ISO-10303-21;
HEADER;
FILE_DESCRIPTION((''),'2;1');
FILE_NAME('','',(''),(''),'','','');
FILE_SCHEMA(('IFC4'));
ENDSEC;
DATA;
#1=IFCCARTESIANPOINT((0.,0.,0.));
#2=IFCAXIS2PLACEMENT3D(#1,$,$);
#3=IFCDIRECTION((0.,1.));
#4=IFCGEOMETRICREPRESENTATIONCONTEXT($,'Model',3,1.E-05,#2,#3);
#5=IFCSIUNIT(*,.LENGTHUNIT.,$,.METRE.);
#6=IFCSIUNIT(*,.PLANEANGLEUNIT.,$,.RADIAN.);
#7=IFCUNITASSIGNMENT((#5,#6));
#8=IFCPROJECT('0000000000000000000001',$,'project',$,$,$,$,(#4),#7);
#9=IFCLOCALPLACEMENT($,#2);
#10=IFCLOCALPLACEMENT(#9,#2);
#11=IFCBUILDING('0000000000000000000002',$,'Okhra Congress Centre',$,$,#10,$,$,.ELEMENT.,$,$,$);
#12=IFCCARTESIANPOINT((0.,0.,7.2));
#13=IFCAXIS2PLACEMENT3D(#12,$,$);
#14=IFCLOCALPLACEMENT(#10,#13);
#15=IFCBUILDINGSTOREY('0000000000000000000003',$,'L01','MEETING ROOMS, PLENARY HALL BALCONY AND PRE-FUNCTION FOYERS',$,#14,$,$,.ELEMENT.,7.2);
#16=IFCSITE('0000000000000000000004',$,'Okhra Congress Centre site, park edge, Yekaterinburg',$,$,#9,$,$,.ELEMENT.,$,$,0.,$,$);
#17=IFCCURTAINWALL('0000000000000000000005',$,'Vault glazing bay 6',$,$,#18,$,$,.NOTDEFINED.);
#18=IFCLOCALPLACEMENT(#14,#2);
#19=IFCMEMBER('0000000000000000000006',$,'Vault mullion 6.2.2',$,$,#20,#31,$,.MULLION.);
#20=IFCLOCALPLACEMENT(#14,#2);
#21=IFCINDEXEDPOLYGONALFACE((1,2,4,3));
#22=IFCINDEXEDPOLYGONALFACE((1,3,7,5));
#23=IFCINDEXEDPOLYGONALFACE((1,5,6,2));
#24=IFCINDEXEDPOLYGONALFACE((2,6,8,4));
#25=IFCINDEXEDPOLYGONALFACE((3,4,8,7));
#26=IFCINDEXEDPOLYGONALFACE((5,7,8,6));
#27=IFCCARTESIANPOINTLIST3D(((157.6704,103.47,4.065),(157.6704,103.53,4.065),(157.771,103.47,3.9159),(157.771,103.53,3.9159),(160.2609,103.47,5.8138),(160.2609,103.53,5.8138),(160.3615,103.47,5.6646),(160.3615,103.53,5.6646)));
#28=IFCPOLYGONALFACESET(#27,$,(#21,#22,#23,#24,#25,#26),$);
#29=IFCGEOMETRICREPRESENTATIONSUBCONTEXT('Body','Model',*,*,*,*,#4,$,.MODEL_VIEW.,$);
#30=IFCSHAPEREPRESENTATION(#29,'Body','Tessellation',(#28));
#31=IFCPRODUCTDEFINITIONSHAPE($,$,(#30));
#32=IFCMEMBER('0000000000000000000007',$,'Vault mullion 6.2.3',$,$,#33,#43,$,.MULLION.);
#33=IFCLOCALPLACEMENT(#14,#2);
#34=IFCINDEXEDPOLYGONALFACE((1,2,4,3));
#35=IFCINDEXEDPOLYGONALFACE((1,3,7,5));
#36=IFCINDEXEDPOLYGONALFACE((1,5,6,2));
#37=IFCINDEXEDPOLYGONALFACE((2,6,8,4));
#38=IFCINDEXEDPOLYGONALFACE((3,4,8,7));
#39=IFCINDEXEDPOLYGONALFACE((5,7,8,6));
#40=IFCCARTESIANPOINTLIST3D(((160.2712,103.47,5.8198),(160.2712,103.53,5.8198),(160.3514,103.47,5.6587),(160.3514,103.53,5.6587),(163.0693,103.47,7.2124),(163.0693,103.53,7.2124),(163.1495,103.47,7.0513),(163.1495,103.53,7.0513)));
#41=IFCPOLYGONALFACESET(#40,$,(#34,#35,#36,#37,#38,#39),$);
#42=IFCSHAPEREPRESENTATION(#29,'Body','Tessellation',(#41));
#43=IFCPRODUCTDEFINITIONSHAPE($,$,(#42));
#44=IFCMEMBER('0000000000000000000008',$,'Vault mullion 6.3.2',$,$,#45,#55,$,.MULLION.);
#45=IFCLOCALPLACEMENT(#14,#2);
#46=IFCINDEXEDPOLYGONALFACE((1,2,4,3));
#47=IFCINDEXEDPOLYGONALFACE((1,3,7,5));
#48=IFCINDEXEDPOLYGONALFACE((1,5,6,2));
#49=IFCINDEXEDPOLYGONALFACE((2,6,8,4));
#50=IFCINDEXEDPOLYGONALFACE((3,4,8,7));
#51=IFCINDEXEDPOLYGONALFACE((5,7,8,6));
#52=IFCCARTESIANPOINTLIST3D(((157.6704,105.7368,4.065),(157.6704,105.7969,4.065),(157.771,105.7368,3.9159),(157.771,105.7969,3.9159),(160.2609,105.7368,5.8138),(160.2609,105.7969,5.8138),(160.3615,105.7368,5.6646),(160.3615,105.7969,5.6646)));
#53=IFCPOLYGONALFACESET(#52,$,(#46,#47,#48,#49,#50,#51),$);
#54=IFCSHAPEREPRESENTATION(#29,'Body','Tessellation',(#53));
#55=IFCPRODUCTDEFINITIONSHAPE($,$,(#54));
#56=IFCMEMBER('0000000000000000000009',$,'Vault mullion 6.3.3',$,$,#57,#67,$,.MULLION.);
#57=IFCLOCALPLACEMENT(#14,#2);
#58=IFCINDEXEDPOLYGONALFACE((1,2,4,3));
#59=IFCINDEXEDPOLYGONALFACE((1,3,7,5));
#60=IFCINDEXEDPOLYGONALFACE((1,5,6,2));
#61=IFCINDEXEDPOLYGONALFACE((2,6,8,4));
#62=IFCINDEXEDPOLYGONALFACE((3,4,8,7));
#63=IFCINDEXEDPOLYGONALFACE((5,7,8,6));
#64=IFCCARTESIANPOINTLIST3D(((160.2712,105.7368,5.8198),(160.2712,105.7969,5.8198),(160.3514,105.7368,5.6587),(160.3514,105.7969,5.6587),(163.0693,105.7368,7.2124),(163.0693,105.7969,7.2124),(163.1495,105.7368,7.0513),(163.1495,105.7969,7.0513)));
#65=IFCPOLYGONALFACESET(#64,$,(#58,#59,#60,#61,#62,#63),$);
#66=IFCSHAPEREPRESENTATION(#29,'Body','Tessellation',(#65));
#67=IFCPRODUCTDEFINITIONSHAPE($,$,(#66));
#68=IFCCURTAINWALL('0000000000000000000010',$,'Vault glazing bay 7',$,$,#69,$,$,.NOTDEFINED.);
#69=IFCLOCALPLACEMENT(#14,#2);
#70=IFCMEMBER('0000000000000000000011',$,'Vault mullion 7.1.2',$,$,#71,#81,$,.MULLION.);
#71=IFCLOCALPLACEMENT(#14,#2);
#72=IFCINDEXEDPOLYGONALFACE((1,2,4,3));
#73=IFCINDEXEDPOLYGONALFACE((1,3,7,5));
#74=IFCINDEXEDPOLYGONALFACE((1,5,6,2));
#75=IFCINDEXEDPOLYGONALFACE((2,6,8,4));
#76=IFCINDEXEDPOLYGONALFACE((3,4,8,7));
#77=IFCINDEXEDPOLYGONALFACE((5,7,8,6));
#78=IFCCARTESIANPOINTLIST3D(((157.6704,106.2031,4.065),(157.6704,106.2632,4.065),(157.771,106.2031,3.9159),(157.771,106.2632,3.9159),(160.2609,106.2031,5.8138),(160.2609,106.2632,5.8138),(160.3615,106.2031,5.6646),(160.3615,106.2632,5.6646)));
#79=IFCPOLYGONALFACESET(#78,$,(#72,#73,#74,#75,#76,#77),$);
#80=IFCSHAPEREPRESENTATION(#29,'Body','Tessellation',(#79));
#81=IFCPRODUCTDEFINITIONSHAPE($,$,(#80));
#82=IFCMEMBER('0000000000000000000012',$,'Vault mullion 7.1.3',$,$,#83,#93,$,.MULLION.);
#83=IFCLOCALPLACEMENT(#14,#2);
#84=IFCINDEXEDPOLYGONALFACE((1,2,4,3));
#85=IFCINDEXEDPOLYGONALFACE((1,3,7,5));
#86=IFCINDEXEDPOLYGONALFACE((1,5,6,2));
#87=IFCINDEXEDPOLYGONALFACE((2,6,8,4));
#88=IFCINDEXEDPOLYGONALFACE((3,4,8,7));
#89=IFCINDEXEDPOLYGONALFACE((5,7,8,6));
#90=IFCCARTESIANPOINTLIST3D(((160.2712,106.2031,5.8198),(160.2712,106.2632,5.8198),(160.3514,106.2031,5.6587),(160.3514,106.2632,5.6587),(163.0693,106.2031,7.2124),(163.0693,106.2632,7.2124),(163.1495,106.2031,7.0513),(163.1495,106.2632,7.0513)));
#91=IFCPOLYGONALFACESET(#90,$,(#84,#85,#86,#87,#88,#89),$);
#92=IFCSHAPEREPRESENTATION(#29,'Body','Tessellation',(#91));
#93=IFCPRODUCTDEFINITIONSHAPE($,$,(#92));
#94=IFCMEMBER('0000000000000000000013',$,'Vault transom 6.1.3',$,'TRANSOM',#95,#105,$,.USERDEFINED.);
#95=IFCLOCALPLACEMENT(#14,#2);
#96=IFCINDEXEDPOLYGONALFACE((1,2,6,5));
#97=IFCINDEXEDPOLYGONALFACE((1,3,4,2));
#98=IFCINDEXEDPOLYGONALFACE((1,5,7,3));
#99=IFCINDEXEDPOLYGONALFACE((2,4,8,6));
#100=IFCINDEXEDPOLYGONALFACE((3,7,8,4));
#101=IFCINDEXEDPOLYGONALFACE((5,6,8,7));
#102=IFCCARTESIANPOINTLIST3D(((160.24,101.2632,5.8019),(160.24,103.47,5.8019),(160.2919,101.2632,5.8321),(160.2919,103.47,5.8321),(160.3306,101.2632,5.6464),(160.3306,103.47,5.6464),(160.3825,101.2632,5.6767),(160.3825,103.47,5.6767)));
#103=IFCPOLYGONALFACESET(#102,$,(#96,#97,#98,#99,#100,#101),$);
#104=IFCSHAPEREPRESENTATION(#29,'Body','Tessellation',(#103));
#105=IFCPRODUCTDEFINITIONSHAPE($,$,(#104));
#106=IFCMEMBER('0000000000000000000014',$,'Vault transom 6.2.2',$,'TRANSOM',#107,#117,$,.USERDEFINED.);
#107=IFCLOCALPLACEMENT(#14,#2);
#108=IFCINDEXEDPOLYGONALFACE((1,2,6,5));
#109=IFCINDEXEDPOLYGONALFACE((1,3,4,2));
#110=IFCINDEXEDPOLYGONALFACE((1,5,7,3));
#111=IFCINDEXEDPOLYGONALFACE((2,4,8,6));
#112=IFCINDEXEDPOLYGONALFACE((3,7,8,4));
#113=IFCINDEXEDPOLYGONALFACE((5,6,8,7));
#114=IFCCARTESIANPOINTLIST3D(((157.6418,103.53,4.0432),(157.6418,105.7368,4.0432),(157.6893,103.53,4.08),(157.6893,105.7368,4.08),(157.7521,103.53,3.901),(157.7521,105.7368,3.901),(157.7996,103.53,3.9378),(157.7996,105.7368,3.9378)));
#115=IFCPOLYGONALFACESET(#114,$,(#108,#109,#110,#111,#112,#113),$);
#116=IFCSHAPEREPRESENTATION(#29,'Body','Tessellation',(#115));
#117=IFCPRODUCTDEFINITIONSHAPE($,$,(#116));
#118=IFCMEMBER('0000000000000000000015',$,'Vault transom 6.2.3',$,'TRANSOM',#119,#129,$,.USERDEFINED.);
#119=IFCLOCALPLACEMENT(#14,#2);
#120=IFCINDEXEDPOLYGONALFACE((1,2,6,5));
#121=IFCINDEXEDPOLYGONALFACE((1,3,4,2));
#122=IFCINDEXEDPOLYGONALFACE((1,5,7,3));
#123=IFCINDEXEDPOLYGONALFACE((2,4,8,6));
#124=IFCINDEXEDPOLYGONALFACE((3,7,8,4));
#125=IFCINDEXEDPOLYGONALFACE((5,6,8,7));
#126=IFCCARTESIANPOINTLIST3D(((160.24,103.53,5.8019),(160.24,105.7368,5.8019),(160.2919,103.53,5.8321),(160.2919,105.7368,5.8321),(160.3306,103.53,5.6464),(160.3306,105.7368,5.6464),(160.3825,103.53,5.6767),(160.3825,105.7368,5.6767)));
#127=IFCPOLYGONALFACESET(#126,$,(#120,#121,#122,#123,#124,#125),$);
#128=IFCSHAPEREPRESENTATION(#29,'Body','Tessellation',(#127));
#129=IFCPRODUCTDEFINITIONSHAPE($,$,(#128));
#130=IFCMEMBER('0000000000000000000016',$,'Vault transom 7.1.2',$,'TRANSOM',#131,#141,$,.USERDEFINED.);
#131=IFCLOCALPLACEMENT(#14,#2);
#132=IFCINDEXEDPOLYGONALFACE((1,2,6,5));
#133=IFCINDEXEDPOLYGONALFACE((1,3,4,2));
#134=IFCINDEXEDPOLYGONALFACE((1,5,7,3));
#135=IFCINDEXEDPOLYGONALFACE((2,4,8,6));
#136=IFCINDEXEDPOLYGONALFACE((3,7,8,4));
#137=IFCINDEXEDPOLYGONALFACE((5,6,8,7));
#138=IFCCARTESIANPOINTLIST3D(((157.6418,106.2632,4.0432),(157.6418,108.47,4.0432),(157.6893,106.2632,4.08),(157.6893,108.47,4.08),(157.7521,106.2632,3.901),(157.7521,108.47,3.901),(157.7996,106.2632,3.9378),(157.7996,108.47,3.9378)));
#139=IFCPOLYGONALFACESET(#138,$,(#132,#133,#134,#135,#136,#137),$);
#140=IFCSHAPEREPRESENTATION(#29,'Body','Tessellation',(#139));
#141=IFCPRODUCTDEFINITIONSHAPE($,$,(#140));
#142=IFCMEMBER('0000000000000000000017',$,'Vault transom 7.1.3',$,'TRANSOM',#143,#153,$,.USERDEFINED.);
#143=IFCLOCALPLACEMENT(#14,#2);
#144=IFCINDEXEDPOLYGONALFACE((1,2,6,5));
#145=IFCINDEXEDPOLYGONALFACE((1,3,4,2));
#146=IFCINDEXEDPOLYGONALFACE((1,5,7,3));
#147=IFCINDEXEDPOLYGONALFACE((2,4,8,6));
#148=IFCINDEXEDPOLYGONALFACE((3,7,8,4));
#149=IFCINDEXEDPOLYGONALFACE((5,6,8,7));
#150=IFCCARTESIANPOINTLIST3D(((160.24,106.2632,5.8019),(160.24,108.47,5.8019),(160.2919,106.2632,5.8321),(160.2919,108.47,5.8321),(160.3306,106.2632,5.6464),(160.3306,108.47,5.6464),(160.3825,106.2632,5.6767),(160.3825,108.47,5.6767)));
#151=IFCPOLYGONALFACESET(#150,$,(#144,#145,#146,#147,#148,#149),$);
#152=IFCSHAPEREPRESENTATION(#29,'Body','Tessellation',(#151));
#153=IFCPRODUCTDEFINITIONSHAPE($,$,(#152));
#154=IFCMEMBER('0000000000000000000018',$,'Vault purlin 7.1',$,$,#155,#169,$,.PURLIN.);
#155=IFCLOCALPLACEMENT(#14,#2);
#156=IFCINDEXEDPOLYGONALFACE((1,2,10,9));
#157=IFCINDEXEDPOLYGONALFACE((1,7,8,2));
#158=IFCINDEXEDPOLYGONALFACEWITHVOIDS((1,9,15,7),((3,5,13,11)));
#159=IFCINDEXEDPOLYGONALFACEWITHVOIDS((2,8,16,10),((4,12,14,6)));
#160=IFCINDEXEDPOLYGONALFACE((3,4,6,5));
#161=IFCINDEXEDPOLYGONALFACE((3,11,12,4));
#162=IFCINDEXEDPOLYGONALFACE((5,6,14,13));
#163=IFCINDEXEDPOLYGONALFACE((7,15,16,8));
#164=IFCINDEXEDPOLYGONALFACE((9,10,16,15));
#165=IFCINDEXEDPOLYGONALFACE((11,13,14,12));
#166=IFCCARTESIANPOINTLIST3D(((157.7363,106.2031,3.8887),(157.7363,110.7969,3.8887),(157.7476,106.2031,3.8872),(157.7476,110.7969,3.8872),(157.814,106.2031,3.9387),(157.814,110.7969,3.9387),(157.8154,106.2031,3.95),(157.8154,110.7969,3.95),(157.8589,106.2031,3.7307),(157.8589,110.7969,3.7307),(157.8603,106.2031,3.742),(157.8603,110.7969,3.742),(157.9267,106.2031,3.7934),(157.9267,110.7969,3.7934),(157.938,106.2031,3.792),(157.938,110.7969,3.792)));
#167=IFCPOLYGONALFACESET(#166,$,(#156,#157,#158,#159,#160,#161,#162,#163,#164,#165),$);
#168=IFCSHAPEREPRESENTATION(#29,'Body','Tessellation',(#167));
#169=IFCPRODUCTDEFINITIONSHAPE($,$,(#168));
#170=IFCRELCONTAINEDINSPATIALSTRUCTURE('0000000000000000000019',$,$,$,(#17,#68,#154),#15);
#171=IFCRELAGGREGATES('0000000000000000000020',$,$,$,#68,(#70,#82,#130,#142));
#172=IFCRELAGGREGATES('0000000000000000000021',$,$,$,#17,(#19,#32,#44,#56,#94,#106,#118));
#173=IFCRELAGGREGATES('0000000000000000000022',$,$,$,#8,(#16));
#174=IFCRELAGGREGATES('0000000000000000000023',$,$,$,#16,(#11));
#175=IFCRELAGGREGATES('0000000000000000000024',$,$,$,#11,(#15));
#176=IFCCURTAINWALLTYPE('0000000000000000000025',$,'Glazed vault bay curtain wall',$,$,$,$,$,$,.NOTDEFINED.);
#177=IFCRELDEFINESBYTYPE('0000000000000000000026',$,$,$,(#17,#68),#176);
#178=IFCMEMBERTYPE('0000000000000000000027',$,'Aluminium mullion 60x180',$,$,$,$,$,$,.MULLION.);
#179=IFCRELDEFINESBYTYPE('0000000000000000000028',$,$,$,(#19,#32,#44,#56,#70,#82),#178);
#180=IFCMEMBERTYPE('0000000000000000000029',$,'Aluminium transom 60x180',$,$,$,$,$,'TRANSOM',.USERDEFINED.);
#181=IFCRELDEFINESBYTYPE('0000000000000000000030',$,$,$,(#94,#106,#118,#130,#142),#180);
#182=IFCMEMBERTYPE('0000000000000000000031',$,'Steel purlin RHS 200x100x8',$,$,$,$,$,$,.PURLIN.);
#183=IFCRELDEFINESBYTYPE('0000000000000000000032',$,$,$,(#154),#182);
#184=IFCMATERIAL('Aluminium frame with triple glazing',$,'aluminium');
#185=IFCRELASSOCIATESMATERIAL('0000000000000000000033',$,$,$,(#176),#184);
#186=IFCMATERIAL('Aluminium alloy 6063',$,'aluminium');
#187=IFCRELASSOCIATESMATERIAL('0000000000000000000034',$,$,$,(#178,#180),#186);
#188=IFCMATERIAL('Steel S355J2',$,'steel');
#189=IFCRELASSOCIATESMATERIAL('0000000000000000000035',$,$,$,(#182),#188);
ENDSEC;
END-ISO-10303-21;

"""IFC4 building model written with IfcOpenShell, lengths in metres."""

from ifc_helpers import new_model, si_unit, direction, frame, origin, origin_2d, place, context, subcontext, project, spatial, rectangle, hollow_rectangle, extrude, material, material_profile, profile_set, type_object, element, aggregate, save


model = new_model("IFC4")

# Units and contexts
model_context = context("Model", 3, precision=1e-05, world=origin(), true_north=direction((0.0, 1.0)))
body_context = subcontext(model_context, "Body", "Model", "MODEL_VIEW")
ifc_project = project(units=[si_unit("LENGTHUNIT", "METRE"), si_unit("PLANEANGLEUNIT", "RADIAN")], contexts=[model_context])

# Site, building, storey
site_placement = place(None, origin())
site = spatial("IfcSite", under=ifc_project, at=site_placement, Name="Okhra Congress Centre site, park edge, Yekaterinburg", CompositionType="ELEMENT", RefElevation=0.0)
building_placement = place(site_placement, origin())
building = spatial("IfcBuilding", under=site, at=building_placement, Name="Okhra Congress Centre", CompositionType="ELEMENT")
storey_placement = place(building_placement, frame((0.0, 0.0, 7.2)))
storey = spatial("IfcBuildingStorey", under=building, at=storey_placement, Name="L01", Description="MEETING ROOMS, PLENARY HALL BALCONY AND PRE-FUNCTION FOYERS", CompositionType="ELEMENT", Elevation=7.2)

# Curtain walls, members
ifc_material_1 = material(Name="Aluminium frame with triple glazing", Category="aluminium")
curtain_wall_type = type_object("IfcCurtainWallType", Name="Glazed vault bay curtain wall", PredefinedType="NOTDEFINED", material=ifc_material_1)
curtain_wall_1_placement = place(storey_placement, origin())
curtain_wall_1 = element("IfcCurtainWall", 1, at=curtain_wall_1_placement, inside=storey, type_object=curtain_wall_type, Name="Vault glazing bay 6", PredefinedType="NOTDEFINED")
ifc_material_2 = material(Name="Aluminium alloy 6063", Category="aluminium")
ifc_material_profile_1 = material_profile(ifc_material_2, rectangle(XDim=0.0601, YDim=0.1799, at=origin_2d()), Name="AL 60x180")
ifc_profile_set_1 = profile_set([ifc_material_profile_1], Name="Aluminium alloy 6063")
member_type_1 = type_object("IfcMemberType", Name="Aluminium mullion 60x180", PredefinedType="MULLION", material=ifc_profile_set_1)
member_1_placement = place(storey_placement, frame((157.7207, 103.5, 3.9905), z_axis=(0.828828, 0.0, 0.559504), x_axis=(0.0, 1.0, 0.0)))
member_1 = element("IfcMember", 2, at=member_1_placement, type_object=member_type_1, Name="Vault mullion 6.2.2", PredefinedType="MULLION", context=body_context, shape_type="SweptSolid", body=[
    extrude(rectangle(XDim=0.0601, YDim=0.1799, at=origin_2d()), origin(), (0.0, 0.0, 1.0), 3.1255),
])
member_2_placement = place(storey_placement, frame((160.3113, 103.5, 5.7393), z_axis=(0.895254, 0.0, 0.445557), x_axis=(0.0, 1.0, 0.0)))
member_2 = element("IfcMember", 3, at=member_2_placement, type_object=member_type_1, Name="Vault mullion 6.2.3", PredefinedType="MULLION", context=body_context, shape_type="SweptSolid", body=[
    extrude(rectangle(XDim=0.0601, YDim=0.1799, at=origin_2d()), origin(), (0.0, 0.0, 1.0), 3.1255),
])
member_3_placement = place(storey_placement, frame((157.7207, 105.7668, 3.9905), z_axis=(0.828828, 0.0, 0.559504), x_axis=(0.0, 1.0, 0.0)))
member_3 = element("IfcMember", 4, at=member_3_placement, type_object=member_type_1, Name="Vault mullion 6.3.2", PredefinedType="MULLION", context=body_context, shape_type="SweptSolid", body=[
    extrude(rectangle(XDim=0.0601, YDim=0.1799, at=origin_2d()), origin(), (0.0, 0.0, 1.0), 3.1255),
])
member_4_placement = place(storey_placement, frame((160.3113, 105.7668, 5.7393), z_axis=(0.895254, 0.0, 0.445557), x_axis=(0.0, 1.0, 0.0)))
member_4 = element("IfcMember", 5, at=member_4_placement, type_object=member_type_1, Name="Vault mullion 6.3.3", PredefinedType="MULLION", context=body_context, shape_type="SweptSolid", body=[
    extrude(rectangle(XDim=0.0601, YDim=0.1799, at=origin_2d()), origin(), (0.0, 0.0, 1.0), 3.1255),
])
curtain_wall_2_placement = place(storey_placement, origin())
curtain_wall_2 = element("IfcCurtainWall", 6, at=curtain_wall_2_placement, inside=storey, type_object=curtain_wall_type, Name="Vault glazing bay 7", PredefinedType="NOTDEFINED")
member_5_placement = place(storey_placement, frame((157.7207, 106.2332, 3.9905), z_axis=(0.828828, 0.0, 0.559504), x_axis=(0.0, 1.0, 0.0)))
member_5 = element("IfcMember", 7, at=member_5_placement, type_object=member_type_1, Name="Vault mullion 7.1.2", PredefinedType="MULLION", context=body_context, shape_type="SweptSolid", body=[
    extrude(rectangle(XDim=0.0601, YDim=0.1799, at=origin_2d()), origin(), (0.0, 0.0, 1.0), 3.1255),
])
member_6_placement = place(storey_placement, frame((160.3113, 106.2332, 5.7393), z_axis=(0.895254, 0.0, 0.445557), x_axis=(0.0, 1.0, 0.0)))
member_6 = element("IfcMember", 8, at=member_6_placement, type_object=member_type_1, Name="Vault mullion 7.1.3", PredefinedType="MULLION", context=body_context, shape_type="SweptSolid", body=[
    extrude(rectangle(XDim=0.0601, YDim=0.1799, at=origin_2d()), origin(), (0.0, 0.0, 1.0), 3.1255),
])

# Members
ifc_material_profile_2 = material_profile(ifc_material_2, rectangle(XDim=0.0601, YDim=0.1799, at=origin_2d()), Name="AL 60x180 transom")
ifc_profile_set_2 = profile_set([ifc_material_profile_2], Name="Aluminium alloy 6063")
member_type_2 = type_object("IfcMemberType", Name="Aluminium transom 60x180", ElementType="TRANSOM", PredefinedType="USERDEFINED", material=ifc_profile_set_2)
member_7_placement = place(storey_placement, frame((160.3113, 101.2632, 5.7393), z_axis=(0.0, 1.0, 0.0), x_axis=(-0.863917, 0.0, -0.503634)))
member_7 = element("IfcMember", 9, at=member_7_placement, type_object=member_type_2, Name="Vault transom 6.1.3", ObjectType="TRANSOM", PredefinedType="USERDEFINED", context=body_context, shape_type="SweptSolid", body=[
    extrude(rectangle(XDim=0.0601, YDim=0.1799, at=origin_2d()), origin(), (0.0, 0.0, 1.0), 2.2068),
])
member_8_placement = place(storey_placement, frame((157.7207, 103.53, 3.9905), z_axis=(0.0, 1.0, 0.0), x_axis=(-0.790145, 0.0, -0.61292)))
member_8 = element("IfcMember", 10, at=member_8_placement, type_object=member_type_2, Name="Vault transom 6.2.2", ObjectType="TRANSOM", PredefinedType="USERDEFINED", context=body_context, shape_type="SweptSolid", body=[
    extrude(rectangle(XDim=0.0601, YDim=0.1799, at=origin_2d()), origin(), (0.0, 0.0, 1.0), 2.2068),
])
member_9_placement = place(storey_placement, frame((160.3113, 103.53, 5.7393), z_axis=(0.0, 1.0, 0.0), x_axis=(-0.863917, 0.0, -0.503634)))
member_9 = element("IfcMember", 11, at=member_9_placement, type_object=member_type_2, Name="Vault transom 6.2.3", ObjectType="TRANSOM", PredefinedType="USERDEFINED", context=body_context, shape_type="SweptSolid", body=[
    extrude(rectangle(XDim=0.0601, YDim=0.1799, at=origin_2d()), origin(), (0.0, 0.0, 1.0), 2.2068),
])
member_10_placement = place(storey_placement, frame((157.7207, 106.2632, 3.9905), z_axis=(0.0, 1.0, 0.0), x_axis=(-0.790145, 0.0, -0.61292)))
member_10 = element("IfcMember", 12, at=member_10_placement, type_object=member_type_2, Name="Vault transom 7.1.2", ObjectType="TRANSOM", PredefinedType="USERDEFINED", context=body_context, shape_type="SweptSolid", body=[
    extrude(rectangle(XDim=0.0601, YDim=0.1799, at=origin_2d()), origin(), (0.0, 0.0, 1.0), 2.2068),
])
member_11_placement = place(storey_placement, frame((160.3113, 106.2632, 5.7393), z_axis=(0.0, 1.0, 0.0), x_axis=(-0.863917, 0.0, -0.503634)))
member_11 = element("IfcMember", 13, at=member_11_placement, type_object=member_type_2, Name="Vault transom 7.1.3", ObjectType="TRANSOM", PredefinedType="USERDEFINED", context=body_context, shape_type="SweptSolid", body=[
    extrude(rectangle(XDim=0.0601, YDim=0.1799, at=origin_2d()), origin(), (0.0, 0.0, 1.0), 2.2068),
])

# Member
ifc_material_3 = material(Name="Steel S355J2", Category="steel")
ifc_material_profile_3 = material_profile(ifc_material_3, hollow_rectangle(XDim=0.1001, YDim=0.2, WallThickness=0.0081, at=origin_2d()), Name="RHS 200x100x8")
ifc_profile_set_3 = profile_set([ifc_material_profile_3], Name="Steel S355J2")
member_type_3 = type_object("IfcMemberType", Name="Steel purlin RHS 200x100x8", PredefinedType="PURLIN", material=ifc_profile_set_3)
member_12_placement = place(storey_placement, frame((157.8372, 106.2031, 3.8403), z_axis=(0.0, 1.0, 0.0), x_axis=(-0.790145, 0.0, -0.61292)))
element("IfcMember", 14, at=member_12_placement, inside=storey, type_object=member_type_3, Name="Vault purlin 7.1", PredefinedType="PURLIN", context=body_context, shape_type="SweptSolid", body=[
    extrude(hollow_rectangle(XDim=0.1001, YDim=0.2, WallThickness=0.0081, at=origin_2d()), origin(), (0.0, 0.0, 1.0), 4.5938),
])

aggregate(curtain_wall_2, [member_5, member_6, member_10, member_11])
aggregate(curtain_wall_1, [member_1, member_2, member_3, member_4, member_7, member_8, member_9])

save(model, "model.ifc")
